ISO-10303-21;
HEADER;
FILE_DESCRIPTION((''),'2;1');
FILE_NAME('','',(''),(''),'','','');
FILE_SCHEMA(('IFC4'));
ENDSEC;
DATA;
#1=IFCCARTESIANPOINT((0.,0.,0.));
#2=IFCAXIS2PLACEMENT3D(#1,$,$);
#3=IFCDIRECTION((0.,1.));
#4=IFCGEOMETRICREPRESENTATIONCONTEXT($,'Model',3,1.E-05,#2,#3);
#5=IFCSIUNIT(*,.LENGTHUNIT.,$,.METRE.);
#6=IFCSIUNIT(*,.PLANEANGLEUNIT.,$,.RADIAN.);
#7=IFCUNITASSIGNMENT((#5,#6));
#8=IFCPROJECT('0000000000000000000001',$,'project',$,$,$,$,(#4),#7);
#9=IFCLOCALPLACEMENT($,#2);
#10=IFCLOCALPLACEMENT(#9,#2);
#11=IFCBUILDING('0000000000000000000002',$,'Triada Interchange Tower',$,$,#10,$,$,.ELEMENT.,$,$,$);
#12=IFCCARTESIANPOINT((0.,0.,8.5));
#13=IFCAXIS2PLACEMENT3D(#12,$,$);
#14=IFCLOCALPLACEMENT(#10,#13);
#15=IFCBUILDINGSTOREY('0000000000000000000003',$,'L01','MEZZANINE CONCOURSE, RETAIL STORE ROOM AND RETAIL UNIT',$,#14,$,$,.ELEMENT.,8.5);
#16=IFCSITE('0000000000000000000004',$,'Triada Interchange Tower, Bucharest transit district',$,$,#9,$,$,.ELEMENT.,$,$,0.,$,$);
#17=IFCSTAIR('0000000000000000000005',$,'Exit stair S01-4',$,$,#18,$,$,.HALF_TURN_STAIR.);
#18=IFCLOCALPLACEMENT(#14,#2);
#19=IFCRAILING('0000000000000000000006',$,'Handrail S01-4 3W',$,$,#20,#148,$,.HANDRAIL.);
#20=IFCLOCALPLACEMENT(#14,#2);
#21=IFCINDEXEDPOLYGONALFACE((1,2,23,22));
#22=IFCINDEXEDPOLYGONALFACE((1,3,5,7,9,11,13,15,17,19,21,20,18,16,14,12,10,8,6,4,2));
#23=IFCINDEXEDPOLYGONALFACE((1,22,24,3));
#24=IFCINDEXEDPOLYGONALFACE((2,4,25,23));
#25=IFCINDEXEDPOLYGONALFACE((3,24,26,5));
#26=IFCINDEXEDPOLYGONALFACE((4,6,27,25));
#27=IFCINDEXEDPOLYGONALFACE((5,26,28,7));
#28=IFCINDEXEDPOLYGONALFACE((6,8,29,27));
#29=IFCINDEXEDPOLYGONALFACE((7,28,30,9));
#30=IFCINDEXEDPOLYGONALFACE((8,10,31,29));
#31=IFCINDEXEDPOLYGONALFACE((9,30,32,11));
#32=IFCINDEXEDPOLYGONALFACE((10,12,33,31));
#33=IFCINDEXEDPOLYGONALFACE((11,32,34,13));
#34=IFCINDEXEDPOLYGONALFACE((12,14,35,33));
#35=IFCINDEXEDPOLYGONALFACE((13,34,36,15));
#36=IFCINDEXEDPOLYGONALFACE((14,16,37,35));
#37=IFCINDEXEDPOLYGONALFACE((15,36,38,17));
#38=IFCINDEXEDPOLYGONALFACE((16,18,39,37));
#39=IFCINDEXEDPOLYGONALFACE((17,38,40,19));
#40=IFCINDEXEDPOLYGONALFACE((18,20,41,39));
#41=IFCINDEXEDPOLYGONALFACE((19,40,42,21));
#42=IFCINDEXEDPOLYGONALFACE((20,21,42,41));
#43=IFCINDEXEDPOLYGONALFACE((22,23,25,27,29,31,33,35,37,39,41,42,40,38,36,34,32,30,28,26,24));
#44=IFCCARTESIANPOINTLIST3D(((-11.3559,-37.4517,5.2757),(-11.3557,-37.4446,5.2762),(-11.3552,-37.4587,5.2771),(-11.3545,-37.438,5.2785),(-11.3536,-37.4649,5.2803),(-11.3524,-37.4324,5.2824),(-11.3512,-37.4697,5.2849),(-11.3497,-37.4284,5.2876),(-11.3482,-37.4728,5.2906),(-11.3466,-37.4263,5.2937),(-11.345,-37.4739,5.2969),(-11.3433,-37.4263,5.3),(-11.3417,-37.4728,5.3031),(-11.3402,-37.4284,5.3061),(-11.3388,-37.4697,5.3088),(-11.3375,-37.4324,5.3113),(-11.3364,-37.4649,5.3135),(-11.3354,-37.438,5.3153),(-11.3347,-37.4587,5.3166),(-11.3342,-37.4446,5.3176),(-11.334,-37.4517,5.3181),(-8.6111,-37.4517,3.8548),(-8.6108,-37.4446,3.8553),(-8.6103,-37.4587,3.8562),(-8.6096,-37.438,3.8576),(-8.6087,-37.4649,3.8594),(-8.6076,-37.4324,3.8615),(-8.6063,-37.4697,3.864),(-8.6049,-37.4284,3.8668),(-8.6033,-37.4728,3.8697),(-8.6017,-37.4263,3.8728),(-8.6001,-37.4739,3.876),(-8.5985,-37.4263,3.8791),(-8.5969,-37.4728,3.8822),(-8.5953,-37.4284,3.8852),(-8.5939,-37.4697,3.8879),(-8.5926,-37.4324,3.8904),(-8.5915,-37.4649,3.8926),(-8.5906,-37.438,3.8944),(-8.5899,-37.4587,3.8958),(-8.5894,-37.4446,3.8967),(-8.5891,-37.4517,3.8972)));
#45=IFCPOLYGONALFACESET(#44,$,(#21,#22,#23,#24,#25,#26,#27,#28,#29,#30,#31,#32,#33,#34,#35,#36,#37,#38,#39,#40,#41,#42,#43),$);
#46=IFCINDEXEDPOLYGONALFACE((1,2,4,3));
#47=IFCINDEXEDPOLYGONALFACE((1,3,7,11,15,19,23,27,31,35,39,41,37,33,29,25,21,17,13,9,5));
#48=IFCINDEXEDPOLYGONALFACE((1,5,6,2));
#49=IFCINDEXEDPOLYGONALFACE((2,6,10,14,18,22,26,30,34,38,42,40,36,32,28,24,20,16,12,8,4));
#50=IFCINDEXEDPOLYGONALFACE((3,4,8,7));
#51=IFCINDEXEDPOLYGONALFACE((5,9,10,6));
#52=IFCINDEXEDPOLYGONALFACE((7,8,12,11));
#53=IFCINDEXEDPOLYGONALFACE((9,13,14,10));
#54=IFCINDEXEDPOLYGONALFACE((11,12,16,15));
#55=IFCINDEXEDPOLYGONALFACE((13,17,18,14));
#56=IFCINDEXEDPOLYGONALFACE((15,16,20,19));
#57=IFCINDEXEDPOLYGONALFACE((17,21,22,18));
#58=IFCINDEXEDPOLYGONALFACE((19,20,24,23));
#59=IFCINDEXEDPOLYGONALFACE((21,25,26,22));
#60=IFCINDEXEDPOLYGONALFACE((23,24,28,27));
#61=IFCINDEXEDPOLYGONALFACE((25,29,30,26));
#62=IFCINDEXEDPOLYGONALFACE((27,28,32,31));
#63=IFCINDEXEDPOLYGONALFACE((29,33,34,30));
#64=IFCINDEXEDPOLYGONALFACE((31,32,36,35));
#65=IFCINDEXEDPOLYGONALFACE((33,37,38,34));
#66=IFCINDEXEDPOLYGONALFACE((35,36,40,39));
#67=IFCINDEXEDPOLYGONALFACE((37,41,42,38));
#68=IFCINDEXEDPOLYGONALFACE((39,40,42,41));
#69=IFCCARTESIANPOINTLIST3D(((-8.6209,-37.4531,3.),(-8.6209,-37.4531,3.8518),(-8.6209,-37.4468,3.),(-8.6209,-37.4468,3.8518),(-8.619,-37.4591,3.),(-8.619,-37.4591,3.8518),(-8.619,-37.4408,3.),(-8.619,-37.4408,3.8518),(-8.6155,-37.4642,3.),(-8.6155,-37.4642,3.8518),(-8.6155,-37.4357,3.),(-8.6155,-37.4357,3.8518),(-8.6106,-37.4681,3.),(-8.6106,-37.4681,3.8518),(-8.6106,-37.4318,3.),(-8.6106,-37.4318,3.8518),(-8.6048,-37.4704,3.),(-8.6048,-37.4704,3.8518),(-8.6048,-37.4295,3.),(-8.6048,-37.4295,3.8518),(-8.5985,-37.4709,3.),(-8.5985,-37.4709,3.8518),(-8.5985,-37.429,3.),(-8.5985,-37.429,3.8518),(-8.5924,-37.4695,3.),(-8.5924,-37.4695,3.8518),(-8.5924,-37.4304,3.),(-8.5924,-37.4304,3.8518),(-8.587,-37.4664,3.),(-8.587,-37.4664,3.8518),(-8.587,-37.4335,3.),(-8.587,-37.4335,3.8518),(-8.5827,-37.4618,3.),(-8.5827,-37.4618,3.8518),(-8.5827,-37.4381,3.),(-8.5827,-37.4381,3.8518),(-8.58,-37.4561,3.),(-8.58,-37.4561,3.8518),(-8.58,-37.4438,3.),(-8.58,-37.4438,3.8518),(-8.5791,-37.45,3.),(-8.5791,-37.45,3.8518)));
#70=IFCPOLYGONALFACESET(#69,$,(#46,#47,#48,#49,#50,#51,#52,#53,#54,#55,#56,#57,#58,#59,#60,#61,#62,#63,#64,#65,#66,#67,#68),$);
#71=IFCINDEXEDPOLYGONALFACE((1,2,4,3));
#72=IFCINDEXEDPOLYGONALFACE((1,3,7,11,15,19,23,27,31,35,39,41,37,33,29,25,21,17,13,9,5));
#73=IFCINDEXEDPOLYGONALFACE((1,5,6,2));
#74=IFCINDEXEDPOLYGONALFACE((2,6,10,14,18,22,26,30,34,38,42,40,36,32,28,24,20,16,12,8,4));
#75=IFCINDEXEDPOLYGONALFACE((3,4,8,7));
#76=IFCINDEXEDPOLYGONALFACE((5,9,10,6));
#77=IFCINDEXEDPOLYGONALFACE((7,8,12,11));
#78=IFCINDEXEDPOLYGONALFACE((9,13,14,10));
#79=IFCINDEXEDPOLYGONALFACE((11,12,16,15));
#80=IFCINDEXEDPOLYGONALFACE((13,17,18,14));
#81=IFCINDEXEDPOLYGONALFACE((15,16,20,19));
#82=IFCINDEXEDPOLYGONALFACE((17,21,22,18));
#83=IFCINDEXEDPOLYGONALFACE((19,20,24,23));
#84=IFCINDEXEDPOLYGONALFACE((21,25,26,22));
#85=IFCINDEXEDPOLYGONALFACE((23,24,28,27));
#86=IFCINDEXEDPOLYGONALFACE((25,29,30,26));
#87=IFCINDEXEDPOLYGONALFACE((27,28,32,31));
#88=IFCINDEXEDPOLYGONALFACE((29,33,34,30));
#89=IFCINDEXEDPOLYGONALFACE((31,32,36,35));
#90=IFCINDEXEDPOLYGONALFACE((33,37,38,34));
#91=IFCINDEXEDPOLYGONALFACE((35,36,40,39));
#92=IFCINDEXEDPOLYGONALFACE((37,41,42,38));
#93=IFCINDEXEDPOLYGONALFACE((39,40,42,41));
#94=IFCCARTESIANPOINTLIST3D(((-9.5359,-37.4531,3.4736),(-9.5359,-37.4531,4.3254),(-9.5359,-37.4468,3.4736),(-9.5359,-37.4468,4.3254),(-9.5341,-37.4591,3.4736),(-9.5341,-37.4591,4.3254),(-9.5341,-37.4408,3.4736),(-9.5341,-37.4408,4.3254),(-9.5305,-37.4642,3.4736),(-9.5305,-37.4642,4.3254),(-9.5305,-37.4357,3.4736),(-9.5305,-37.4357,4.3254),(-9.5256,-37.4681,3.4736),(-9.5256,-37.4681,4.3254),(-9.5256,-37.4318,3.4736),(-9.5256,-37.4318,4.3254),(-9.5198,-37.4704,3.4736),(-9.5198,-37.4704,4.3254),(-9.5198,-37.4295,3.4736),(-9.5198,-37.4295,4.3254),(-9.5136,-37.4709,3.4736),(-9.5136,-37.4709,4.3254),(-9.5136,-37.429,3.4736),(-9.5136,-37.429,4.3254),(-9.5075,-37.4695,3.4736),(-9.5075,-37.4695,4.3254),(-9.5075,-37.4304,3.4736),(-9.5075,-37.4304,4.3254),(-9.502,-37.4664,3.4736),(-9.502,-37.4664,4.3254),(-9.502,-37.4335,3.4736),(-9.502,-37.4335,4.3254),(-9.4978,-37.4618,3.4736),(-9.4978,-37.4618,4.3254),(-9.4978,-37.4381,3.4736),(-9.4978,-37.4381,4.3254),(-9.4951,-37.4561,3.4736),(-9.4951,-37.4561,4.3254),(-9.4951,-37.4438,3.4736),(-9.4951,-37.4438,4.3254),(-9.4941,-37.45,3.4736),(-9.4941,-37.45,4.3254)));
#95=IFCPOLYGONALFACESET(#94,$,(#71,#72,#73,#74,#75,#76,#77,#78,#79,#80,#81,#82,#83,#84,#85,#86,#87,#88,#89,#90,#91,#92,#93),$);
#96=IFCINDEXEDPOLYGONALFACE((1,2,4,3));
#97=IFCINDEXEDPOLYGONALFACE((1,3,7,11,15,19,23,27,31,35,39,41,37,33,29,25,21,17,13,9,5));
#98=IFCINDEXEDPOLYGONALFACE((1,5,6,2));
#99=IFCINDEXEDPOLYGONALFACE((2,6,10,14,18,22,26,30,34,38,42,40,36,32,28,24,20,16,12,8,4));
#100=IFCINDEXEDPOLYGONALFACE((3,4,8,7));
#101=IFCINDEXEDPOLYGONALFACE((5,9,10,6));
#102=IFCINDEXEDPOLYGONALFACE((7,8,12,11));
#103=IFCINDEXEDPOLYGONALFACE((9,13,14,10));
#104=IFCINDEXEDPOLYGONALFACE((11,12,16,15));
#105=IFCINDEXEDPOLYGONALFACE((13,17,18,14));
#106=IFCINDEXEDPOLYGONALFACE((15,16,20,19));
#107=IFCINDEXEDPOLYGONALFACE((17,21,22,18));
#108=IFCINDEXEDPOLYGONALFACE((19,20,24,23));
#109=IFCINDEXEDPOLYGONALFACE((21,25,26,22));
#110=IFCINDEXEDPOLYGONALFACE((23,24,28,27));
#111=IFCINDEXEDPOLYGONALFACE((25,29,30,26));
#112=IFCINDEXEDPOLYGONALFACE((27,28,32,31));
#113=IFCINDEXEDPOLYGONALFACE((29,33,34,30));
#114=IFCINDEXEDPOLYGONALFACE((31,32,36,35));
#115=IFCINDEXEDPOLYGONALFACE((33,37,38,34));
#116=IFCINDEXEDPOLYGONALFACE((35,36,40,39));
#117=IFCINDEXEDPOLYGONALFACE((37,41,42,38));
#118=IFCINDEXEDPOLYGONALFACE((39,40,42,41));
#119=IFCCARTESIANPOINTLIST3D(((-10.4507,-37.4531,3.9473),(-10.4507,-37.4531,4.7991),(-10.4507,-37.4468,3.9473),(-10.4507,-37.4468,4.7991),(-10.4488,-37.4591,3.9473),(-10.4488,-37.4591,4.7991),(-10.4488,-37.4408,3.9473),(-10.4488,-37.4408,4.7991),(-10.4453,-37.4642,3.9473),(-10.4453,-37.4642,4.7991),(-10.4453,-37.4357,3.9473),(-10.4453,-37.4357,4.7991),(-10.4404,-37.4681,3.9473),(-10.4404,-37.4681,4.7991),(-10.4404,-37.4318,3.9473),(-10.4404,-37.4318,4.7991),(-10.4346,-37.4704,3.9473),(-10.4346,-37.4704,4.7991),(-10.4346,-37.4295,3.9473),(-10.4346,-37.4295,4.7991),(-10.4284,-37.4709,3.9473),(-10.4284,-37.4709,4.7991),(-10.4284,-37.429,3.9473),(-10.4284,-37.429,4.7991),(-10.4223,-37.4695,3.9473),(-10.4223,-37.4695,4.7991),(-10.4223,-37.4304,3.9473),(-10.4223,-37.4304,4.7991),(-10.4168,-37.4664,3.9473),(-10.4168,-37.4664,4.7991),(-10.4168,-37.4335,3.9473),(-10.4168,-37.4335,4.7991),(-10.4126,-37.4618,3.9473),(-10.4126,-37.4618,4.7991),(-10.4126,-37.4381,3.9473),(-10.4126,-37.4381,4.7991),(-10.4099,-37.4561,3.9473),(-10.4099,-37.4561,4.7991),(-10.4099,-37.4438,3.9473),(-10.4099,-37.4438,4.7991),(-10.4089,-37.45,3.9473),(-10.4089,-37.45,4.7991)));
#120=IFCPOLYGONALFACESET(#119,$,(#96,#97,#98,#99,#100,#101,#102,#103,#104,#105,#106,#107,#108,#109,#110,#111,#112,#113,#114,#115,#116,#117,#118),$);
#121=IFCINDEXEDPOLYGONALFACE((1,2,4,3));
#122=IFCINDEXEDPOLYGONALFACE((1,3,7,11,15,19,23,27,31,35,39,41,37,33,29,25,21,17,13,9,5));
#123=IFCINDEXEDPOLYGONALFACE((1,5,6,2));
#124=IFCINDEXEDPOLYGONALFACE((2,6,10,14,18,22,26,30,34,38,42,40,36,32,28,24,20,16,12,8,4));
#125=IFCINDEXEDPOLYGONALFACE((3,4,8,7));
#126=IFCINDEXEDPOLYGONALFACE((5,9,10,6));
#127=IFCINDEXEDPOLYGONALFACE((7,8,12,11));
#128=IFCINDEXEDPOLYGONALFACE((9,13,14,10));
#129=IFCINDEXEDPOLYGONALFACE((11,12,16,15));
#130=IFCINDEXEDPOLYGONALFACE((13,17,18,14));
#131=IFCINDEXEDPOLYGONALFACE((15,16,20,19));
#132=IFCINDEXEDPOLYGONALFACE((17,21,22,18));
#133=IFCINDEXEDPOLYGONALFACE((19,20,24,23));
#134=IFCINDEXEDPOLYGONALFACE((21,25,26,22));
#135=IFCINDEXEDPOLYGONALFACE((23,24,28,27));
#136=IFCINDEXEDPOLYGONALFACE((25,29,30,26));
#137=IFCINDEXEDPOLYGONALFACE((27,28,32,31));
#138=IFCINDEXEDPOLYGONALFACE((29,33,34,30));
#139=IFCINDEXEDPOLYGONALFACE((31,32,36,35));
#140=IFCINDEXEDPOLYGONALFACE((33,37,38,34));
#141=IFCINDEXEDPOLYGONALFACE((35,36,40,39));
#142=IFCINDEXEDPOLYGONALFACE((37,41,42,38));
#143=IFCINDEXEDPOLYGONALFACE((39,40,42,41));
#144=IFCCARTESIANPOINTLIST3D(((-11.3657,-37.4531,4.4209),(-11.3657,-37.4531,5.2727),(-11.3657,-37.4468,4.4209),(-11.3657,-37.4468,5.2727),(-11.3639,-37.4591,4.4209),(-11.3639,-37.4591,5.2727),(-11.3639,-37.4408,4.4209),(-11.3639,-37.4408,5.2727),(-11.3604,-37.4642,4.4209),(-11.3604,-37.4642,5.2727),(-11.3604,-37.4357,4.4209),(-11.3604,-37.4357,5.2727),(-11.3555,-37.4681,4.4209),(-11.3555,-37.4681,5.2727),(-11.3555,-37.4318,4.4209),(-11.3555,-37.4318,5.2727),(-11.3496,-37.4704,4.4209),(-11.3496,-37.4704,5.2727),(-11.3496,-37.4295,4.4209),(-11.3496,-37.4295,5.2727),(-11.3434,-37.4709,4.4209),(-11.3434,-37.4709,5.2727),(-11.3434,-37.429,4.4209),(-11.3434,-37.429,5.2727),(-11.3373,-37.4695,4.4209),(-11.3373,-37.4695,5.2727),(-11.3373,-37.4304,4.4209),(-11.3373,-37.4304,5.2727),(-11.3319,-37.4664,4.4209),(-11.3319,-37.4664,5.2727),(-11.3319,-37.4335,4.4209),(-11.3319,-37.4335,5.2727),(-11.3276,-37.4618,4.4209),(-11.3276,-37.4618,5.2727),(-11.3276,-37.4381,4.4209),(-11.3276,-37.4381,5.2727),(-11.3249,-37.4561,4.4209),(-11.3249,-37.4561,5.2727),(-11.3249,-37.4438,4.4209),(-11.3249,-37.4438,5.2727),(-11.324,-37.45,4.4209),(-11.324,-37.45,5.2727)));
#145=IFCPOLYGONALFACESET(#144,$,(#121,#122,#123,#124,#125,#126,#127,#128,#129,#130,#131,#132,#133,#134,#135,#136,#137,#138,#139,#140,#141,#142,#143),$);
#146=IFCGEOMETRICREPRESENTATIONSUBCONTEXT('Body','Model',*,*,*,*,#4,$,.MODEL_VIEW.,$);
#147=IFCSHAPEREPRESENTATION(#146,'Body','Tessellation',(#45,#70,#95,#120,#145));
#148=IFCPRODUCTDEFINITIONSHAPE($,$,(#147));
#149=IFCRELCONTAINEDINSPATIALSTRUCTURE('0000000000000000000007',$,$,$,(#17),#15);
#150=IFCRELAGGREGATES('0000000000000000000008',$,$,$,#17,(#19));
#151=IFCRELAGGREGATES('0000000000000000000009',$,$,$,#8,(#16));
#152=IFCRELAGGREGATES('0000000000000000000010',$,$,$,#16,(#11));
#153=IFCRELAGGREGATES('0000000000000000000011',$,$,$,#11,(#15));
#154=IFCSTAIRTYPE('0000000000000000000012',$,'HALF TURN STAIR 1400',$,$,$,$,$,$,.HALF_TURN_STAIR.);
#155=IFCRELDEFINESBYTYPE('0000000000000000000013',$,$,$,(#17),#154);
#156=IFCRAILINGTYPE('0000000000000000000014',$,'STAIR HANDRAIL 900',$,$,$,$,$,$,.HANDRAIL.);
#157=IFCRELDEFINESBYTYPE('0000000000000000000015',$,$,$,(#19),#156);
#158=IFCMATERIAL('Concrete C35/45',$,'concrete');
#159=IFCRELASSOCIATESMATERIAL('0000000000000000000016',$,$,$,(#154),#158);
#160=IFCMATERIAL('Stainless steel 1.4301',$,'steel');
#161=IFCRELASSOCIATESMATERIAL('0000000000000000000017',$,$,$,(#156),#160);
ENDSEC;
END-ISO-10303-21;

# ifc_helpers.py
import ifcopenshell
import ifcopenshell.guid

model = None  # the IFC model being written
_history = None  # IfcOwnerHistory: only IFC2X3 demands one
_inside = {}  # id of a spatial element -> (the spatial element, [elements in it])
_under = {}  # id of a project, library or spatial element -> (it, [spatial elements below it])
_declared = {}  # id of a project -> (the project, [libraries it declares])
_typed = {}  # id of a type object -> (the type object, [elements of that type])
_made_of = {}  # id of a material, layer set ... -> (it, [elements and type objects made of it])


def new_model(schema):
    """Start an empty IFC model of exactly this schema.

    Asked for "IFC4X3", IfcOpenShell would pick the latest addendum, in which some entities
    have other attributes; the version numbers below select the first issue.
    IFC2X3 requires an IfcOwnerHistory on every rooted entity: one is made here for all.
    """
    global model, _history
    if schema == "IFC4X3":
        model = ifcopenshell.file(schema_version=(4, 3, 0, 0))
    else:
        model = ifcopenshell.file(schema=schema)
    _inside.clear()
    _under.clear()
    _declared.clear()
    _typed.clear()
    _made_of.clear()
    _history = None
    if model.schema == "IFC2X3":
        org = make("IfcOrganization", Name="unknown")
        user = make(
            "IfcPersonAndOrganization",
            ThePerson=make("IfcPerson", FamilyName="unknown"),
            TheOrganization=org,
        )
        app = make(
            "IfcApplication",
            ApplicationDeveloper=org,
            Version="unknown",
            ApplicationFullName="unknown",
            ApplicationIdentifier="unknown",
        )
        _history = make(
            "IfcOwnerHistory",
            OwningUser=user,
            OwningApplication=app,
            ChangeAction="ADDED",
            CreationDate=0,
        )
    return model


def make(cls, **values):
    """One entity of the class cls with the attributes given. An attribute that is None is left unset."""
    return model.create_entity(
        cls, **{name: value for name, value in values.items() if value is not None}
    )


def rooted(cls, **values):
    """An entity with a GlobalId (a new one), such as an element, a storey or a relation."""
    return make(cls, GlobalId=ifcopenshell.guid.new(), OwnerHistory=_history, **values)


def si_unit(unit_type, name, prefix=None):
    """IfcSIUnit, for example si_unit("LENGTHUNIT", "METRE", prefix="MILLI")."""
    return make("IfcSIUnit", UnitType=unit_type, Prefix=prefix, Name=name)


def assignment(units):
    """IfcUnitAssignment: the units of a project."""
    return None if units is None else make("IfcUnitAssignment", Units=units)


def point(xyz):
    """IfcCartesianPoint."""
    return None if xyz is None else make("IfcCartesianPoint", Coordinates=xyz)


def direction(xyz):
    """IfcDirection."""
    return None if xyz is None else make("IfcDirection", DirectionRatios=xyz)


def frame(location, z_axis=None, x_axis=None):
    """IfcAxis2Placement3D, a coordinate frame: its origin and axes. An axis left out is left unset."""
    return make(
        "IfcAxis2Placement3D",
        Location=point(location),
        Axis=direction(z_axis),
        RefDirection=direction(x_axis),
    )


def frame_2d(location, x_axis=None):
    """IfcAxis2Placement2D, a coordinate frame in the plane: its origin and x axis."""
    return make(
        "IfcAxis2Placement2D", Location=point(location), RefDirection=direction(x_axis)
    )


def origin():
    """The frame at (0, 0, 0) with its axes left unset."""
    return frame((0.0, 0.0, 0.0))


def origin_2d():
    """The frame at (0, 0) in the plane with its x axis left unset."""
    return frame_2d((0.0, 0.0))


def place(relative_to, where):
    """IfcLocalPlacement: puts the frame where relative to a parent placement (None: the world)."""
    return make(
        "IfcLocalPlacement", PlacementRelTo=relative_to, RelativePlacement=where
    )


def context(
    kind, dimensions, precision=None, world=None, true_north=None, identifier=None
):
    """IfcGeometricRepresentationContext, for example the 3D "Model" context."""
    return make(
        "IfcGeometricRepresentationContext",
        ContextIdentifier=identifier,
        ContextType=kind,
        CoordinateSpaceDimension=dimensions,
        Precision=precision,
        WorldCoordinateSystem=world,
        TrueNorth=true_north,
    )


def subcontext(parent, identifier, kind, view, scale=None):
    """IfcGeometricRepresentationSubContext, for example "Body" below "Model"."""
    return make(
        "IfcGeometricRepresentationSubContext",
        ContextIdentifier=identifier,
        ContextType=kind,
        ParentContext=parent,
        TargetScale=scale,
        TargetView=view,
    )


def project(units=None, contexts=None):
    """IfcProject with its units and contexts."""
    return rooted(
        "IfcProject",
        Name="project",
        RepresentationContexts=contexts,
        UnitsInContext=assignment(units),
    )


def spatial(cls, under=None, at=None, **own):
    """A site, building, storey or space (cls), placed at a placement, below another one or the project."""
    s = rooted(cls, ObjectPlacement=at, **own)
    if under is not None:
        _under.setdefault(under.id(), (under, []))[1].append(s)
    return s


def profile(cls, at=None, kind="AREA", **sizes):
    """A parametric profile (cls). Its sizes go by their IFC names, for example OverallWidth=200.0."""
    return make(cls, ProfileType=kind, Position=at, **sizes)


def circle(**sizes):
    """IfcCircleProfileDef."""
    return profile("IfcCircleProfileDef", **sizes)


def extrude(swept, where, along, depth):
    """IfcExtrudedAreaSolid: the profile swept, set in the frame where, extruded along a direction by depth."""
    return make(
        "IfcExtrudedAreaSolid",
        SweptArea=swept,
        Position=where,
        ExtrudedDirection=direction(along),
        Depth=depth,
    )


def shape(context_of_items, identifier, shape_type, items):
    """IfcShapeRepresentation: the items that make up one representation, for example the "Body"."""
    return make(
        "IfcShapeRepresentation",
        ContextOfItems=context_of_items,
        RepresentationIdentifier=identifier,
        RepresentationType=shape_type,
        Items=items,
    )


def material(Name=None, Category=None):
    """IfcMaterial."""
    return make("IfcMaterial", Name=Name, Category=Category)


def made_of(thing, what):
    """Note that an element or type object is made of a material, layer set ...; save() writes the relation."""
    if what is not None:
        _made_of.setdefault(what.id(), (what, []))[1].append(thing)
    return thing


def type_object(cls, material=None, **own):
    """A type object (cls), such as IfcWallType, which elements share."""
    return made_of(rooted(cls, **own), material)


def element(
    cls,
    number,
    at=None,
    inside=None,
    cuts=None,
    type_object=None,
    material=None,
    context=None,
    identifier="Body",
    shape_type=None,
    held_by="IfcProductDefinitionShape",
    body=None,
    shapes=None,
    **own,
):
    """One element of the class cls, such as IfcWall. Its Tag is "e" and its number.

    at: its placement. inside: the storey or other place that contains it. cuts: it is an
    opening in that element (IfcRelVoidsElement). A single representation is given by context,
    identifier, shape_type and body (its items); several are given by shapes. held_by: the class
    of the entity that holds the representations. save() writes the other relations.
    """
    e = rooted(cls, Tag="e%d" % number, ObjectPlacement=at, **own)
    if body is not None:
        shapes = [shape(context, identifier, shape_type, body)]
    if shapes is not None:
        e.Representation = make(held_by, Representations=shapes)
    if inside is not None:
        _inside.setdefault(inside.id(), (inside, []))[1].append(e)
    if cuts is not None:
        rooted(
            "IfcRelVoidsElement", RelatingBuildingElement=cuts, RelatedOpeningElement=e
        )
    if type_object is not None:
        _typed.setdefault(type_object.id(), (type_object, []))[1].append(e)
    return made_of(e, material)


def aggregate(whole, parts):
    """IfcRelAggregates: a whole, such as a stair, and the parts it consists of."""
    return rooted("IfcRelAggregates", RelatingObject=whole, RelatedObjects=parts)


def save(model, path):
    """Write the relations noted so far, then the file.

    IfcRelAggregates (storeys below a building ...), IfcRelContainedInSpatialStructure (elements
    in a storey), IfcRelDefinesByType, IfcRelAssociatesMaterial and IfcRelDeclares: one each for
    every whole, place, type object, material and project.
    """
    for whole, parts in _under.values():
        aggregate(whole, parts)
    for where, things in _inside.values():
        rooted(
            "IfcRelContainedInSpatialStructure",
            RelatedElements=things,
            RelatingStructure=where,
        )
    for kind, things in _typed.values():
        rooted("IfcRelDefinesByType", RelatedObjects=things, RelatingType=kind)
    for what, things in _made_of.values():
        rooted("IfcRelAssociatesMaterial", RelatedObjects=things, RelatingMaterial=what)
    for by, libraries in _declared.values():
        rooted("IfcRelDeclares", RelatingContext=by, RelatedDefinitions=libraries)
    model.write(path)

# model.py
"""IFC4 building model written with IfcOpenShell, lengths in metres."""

from ifc_helpers import new_model, si_unit, direction, frame, origin, origin_2d, place, context, subcontext, project, spatial, circle, extrude, material, type_object, element, aggregate, save


model = new_model("IFC4")

# Units and contexts
model_context = context("Model", 3, precision=1e-05, world=origin(), true_north=direction((0.0, 1.0)))
body_context = subcontext(model_context, "Body", "Model", "MODEL_VIEW")
ifc_project = project(units=[si_unit("LENGTHUNIT", "METRE"), si_unit("PLANEANGLEUNIT", "RADIAN")], contexts=[model_context])

# Site, building, storey
site_placement = place(None, origin())
site = spatial("IfcSite", under=ifc_project, at=site_placement, Name="Triada Interchange Tower, Bucharest transit district", CompositionType="ELEMENT", RefElevation=0.0)
building_placement = place(site_placement, origin())
building = spatial("IfcBuilding", under=site, at=building_placement, Name="Triada Interchange Tower", CompositionType="ELEMENT")
storey_placement = place(building_placement, frame((0.0, 0.0, 8.5)))
storey = spatial("IfcBuildingStorey", under=building, at=storey_placement, Name="L01", Description="MEZZANINE CONCOURSE, RETAIL STORE ROOM AND RETAIL UNIT", CompositionType="ELEMENT", Elevation=8.5)

# Shared definitions
ifc_material_1 = material(Name="Concrete C35/45", Category="concrete")

# Stair, railing
stair_type = type_object("IfcStairType", Name="HALF TURN STAIR 1400", PredefinedType="HALF_TURN_STAIR", material=ifc_material_1)
stair_placement = place(storey_placement, origin())
stair = element("IfcStair", 1, at=stair_placement, inside=storey, type_object=stair_type, Name="Exit stair S01-4", PredefinedType="HALF_TURN_STAIR")
ifc_material_2 = material(Name="Stainless steel 1.4301", Category="steel")
railing_type_1 = type_object("IfcRailingType", Name="STAIR HANDRAIL 900", PredefinedType="HANDRAIL", material=ifc_material_2)
railing_1_placement = place(storey_placement, frame((-8.6001, -37.45, 3.0)))
railing_1 = element("IfcRailing", 2, at=railing_1_placement, type_object=railing_type_1, Name="Handrail S01-4 3W", PredefinedType="HANDRAIL", context=body_context, shape_type="SweptSolid", body=[
    extrude(circle(Radius=0.0239, at=origin_2d()), frame((0.0, 0.0, 0.876), z_axis=(-0.888068, 0.0, 0.459713), x_axis=(0.0, -1.0, 0.0)), (0.0, 0.0, 1.0), 3.0908),
    extrude(circle(Radius=0.021, at=origin_2d()), origin(), (0.0, 0.0, 1.0), 0.8518),
    extrude(circle(Radius=0.021, at=origin_2d()), frame((-0.915, 0.0, 0.4736)), (0.0, 0.0, 1.0), 0.8518),
    extrude(circle(Radius=0.021, at=origin_2d()), frame((-1.8298, 0.0, 0.9473)), (0.0, 0.0, 1.0), 0.8518),
    extrude(circle(Radius=0.021, at=origin_2d()), frame((-2.7449, 0.0, 1.4209)), (0.0, 0.0, 1.0), 0.8518),
])
aggregate(stair, [railing_1])

save(model, "model.ifc")
